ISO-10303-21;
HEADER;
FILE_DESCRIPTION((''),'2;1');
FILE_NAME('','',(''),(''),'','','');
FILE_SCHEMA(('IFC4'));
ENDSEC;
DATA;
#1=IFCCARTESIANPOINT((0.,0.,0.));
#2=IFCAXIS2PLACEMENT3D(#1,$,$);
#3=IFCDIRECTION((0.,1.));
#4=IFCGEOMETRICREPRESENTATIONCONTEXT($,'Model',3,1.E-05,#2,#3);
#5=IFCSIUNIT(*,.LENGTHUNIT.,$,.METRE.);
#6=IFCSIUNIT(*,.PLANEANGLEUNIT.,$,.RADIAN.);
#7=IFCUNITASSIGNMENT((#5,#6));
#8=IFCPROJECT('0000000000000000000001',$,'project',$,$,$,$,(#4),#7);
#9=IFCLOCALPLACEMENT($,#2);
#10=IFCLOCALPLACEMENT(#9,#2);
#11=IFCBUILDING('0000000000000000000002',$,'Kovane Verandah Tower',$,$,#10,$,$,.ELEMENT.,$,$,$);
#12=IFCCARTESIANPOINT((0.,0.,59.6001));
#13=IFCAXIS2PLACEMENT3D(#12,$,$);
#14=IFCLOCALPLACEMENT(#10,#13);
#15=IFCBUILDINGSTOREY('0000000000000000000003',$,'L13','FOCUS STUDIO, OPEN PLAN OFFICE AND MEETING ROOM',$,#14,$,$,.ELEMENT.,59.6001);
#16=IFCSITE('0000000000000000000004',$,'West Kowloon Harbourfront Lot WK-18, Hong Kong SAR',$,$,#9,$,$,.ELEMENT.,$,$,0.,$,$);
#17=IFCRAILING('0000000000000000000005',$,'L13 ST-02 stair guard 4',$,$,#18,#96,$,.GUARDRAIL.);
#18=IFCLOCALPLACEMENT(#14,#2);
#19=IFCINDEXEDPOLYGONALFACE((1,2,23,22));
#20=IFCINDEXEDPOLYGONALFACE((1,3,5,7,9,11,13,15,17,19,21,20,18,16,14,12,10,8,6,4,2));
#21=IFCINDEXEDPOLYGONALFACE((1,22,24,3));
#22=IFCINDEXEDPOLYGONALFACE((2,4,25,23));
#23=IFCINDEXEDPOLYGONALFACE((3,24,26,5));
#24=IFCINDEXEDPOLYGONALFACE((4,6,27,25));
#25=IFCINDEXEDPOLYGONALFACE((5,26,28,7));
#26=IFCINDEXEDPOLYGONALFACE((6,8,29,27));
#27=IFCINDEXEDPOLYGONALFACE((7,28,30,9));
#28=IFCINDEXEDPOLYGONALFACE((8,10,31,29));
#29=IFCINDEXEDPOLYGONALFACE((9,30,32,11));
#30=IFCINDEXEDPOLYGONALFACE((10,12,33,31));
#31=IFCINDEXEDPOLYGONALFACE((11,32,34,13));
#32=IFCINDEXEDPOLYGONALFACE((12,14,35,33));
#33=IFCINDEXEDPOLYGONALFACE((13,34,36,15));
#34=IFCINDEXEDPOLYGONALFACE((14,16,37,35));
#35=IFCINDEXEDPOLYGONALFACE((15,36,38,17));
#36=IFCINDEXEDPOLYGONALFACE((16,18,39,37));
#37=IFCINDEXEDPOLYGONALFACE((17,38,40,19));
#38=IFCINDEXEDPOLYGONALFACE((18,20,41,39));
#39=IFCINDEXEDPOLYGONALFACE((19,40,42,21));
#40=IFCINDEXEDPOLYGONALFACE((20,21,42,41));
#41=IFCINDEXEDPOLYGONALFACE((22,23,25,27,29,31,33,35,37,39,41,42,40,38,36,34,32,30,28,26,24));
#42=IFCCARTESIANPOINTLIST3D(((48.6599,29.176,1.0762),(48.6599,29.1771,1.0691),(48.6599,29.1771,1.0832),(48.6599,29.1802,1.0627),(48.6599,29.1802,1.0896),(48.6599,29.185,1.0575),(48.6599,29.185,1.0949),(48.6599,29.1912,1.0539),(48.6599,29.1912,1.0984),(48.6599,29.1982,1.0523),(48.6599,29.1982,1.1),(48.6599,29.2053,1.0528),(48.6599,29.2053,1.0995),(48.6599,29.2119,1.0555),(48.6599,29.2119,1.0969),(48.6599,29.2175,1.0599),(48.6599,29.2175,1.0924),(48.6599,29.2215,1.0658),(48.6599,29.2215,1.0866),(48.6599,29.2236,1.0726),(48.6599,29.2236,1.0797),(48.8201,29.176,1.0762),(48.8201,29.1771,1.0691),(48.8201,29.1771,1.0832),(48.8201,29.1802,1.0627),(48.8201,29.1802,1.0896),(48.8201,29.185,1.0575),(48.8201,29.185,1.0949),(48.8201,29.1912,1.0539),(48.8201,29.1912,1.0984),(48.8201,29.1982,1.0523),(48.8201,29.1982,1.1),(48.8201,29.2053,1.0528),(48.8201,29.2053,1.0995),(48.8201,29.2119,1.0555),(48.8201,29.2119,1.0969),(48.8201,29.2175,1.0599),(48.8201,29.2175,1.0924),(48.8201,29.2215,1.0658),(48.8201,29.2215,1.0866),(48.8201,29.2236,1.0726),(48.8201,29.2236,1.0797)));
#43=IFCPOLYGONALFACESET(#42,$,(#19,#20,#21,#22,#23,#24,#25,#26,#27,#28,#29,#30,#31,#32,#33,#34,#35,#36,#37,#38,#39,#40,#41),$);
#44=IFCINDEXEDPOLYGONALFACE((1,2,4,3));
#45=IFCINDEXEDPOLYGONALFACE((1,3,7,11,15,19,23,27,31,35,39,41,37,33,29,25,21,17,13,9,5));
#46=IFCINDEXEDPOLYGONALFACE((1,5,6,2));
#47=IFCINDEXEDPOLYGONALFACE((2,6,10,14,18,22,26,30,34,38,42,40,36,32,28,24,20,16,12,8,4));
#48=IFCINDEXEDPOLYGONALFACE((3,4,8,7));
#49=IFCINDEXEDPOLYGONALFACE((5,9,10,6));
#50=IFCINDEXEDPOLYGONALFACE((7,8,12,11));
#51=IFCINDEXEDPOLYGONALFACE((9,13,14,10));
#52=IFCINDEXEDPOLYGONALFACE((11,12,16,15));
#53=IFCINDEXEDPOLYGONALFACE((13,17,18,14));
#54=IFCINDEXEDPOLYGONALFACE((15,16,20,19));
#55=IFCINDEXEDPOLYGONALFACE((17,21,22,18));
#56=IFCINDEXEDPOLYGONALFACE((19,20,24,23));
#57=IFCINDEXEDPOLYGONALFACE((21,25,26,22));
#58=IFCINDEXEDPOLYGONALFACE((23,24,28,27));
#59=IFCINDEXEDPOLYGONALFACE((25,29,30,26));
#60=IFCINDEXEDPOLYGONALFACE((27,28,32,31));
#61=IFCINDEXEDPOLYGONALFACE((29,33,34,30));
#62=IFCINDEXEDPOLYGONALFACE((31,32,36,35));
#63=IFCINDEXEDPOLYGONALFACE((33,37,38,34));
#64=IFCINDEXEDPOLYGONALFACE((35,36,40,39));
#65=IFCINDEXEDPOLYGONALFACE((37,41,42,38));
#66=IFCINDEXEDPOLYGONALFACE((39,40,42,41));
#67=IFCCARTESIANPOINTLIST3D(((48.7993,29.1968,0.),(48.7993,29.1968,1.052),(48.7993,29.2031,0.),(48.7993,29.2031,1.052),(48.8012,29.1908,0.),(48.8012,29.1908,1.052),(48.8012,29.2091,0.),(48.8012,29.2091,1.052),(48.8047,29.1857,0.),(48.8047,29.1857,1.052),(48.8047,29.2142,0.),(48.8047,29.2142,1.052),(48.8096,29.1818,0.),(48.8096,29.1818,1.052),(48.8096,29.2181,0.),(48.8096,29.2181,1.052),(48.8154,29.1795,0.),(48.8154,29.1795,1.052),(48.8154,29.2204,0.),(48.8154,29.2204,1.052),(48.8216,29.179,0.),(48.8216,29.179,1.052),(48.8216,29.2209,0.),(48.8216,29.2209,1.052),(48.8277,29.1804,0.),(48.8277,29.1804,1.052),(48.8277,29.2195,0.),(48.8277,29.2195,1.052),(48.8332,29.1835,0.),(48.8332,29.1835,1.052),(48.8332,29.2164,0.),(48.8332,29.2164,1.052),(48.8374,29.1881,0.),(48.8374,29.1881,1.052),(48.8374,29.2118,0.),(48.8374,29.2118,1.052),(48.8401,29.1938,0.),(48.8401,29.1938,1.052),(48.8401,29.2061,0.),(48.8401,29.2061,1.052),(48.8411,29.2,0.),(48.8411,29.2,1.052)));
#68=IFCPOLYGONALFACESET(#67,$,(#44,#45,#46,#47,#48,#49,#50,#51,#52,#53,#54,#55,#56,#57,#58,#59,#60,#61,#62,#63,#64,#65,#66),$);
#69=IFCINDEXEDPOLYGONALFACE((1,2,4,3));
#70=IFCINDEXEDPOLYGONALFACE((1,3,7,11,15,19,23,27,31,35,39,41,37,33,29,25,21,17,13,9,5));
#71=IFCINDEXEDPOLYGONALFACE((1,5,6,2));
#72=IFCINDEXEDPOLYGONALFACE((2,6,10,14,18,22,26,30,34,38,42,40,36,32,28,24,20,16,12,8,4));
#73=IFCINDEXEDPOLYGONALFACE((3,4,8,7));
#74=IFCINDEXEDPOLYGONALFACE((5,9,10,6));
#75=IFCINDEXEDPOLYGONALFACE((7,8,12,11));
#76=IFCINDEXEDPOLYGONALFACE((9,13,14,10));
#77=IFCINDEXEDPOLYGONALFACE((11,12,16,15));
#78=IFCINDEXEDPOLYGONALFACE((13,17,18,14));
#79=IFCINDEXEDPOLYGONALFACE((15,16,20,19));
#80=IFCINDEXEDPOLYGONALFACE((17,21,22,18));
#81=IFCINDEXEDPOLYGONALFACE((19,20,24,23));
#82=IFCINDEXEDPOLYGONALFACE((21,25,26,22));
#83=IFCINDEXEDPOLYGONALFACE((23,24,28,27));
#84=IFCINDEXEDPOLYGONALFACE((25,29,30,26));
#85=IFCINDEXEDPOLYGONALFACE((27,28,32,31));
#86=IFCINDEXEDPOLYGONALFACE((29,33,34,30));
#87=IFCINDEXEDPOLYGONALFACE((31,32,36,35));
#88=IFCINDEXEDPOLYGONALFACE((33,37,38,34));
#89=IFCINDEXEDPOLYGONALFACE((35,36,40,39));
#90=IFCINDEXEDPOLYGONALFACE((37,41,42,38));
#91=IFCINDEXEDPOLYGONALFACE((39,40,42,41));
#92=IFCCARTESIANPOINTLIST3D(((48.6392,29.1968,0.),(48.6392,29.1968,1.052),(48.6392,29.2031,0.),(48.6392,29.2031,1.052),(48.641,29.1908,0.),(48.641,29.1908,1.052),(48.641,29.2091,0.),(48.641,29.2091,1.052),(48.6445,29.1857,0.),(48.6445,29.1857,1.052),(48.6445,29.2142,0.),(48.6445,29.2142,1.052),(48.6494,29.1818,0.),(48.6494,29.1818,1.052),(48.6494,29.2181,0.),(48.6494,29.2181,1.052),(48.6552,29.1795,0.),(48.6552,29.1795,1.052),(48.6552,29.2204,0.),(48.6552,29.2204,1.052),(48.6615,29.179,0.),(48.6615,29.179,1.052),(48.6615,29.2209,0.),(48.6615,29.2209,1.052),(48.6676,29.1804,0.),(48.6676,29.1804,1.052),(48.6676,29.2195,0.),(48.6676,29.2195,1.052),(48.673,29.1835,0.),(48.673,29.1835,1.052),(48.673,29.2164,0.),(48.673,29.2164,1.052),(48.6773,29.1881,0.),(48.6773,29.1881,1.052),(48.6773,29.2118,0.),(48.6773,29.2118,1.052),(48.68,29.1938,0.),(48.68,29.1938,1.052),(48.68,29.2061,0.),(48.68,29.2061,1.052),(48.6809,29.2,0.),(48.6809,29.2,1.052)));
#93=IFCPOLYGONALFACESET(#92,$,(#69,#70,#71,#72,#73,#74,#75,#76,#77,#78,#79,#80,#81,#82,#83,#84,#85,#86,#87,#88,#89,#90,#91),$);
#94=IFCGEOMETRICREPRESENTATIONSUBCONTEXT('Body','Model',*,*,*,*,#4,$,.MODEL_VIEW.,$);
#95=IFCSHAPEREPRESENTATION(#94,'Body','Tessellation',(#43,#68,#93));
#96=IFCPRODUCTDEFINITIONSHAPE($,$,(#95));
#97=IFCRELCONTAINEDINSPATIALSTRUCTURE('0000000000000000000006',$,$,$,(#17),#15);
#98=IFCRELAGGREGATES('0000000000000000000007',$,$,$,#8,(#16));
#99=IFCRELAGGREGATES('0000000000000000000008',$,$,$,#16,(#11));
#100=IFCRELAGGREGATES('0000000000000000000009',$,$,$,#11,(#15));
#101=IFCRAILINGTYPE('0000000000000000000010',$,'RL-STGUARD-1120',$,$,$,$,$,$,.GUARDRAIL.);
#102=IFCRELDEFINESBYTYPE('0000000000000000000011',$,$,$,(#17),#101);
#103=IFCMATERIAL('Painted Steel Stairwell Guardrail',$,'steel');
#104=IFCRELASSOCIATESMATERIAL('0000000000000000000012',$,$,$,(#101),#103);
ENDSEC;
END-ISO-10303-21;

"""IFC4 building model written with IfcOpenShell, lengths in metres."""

from ifc_helpers import new_model, si_unit, direction, frame, origin, origin_2d, place, context, subcontext, project, spatial, circle, extrude, material, type_object, element, save


model = new_model("IFC4")

# Units and contexts
model_context = context("Model", 3, precision=1e-05, world=origin(), true_north=direction((0.0, 1.0)))
body_context = subcontext(model_context, "Body", "Model", "MODEL_VIEW")
ifc_project = project(units=[si_unit("LENGTHUNIT", "METRE"), si_unit("PLANEANGLEUNIT", "RADIAN")], contexts=[model_context])

# Site, building, storey
site_placement = place(None, origin())
site = spatial("IfcSite", under=ifc_project, at=site_placement, Name="West Kowloon Harbourfront Lot WK-18, Hong Kong SAR", CompositionType="ELEMENT", RefElevation=0.0)
building_placement = place(site_placement, origin())
building = spatial("IfcBuilding", under=site, at=building_placement, Name="Kovane Verandah Tower", CompositionType="ELEMENT")
storey_placement = place(building_placement, frame((0.0, 0.0, 59.6001)))
storey = spatial("IfcBuildingStorey", under=building, at=storey_placement, Name="L13", Description="FOCUS STUDIO, OPEN PLAN OFFICE AND MEETING ROOM", CompositionType="ELEMENT", Elevation=59.6001)

# Railing
ifc_material_1 = material(Name="Painted Steel Stairwell Guardrail", Category="steel")
railing_type = type_object("IfcRailingType", Name="RL-STGUARD-1120", PredefinedType="GUARDRAIL", material=ifc_material_1)
railing_1_placement = place(storey_placement, frame((48.8201, 29.2, 0.0)))
element("IfcRailing", 1, at=railing_1_placement, inside=storey, type_object=railing_type, Name="L13 ST-02 stair guard 4", PredefinedType="GUARDRAIL", context=body_context, shape_type="SweptSolid", body=[
    extrude(circle(Radius=0.0239, at=origin_2d()), frame((0.0, 0.0, 1.0762), z_axis=(-1.0, 0.0, 0.0), x_axis=(0.0, -1.0, 0.0)), (0.0, 0.0, 1.0), 0.1602),
    extrude(circle(Radius=0.021, at=origin_2d()), origin(), (0.0, 0.0, 1.0), 1.052),
    extrude(circle(Radius=0.021, at=origin_2d()), frame((-0.1602, 0.0, 0.0)), (0.0, 0.0, 1.0), 1.052),
])

save(model, "model.ifc")
